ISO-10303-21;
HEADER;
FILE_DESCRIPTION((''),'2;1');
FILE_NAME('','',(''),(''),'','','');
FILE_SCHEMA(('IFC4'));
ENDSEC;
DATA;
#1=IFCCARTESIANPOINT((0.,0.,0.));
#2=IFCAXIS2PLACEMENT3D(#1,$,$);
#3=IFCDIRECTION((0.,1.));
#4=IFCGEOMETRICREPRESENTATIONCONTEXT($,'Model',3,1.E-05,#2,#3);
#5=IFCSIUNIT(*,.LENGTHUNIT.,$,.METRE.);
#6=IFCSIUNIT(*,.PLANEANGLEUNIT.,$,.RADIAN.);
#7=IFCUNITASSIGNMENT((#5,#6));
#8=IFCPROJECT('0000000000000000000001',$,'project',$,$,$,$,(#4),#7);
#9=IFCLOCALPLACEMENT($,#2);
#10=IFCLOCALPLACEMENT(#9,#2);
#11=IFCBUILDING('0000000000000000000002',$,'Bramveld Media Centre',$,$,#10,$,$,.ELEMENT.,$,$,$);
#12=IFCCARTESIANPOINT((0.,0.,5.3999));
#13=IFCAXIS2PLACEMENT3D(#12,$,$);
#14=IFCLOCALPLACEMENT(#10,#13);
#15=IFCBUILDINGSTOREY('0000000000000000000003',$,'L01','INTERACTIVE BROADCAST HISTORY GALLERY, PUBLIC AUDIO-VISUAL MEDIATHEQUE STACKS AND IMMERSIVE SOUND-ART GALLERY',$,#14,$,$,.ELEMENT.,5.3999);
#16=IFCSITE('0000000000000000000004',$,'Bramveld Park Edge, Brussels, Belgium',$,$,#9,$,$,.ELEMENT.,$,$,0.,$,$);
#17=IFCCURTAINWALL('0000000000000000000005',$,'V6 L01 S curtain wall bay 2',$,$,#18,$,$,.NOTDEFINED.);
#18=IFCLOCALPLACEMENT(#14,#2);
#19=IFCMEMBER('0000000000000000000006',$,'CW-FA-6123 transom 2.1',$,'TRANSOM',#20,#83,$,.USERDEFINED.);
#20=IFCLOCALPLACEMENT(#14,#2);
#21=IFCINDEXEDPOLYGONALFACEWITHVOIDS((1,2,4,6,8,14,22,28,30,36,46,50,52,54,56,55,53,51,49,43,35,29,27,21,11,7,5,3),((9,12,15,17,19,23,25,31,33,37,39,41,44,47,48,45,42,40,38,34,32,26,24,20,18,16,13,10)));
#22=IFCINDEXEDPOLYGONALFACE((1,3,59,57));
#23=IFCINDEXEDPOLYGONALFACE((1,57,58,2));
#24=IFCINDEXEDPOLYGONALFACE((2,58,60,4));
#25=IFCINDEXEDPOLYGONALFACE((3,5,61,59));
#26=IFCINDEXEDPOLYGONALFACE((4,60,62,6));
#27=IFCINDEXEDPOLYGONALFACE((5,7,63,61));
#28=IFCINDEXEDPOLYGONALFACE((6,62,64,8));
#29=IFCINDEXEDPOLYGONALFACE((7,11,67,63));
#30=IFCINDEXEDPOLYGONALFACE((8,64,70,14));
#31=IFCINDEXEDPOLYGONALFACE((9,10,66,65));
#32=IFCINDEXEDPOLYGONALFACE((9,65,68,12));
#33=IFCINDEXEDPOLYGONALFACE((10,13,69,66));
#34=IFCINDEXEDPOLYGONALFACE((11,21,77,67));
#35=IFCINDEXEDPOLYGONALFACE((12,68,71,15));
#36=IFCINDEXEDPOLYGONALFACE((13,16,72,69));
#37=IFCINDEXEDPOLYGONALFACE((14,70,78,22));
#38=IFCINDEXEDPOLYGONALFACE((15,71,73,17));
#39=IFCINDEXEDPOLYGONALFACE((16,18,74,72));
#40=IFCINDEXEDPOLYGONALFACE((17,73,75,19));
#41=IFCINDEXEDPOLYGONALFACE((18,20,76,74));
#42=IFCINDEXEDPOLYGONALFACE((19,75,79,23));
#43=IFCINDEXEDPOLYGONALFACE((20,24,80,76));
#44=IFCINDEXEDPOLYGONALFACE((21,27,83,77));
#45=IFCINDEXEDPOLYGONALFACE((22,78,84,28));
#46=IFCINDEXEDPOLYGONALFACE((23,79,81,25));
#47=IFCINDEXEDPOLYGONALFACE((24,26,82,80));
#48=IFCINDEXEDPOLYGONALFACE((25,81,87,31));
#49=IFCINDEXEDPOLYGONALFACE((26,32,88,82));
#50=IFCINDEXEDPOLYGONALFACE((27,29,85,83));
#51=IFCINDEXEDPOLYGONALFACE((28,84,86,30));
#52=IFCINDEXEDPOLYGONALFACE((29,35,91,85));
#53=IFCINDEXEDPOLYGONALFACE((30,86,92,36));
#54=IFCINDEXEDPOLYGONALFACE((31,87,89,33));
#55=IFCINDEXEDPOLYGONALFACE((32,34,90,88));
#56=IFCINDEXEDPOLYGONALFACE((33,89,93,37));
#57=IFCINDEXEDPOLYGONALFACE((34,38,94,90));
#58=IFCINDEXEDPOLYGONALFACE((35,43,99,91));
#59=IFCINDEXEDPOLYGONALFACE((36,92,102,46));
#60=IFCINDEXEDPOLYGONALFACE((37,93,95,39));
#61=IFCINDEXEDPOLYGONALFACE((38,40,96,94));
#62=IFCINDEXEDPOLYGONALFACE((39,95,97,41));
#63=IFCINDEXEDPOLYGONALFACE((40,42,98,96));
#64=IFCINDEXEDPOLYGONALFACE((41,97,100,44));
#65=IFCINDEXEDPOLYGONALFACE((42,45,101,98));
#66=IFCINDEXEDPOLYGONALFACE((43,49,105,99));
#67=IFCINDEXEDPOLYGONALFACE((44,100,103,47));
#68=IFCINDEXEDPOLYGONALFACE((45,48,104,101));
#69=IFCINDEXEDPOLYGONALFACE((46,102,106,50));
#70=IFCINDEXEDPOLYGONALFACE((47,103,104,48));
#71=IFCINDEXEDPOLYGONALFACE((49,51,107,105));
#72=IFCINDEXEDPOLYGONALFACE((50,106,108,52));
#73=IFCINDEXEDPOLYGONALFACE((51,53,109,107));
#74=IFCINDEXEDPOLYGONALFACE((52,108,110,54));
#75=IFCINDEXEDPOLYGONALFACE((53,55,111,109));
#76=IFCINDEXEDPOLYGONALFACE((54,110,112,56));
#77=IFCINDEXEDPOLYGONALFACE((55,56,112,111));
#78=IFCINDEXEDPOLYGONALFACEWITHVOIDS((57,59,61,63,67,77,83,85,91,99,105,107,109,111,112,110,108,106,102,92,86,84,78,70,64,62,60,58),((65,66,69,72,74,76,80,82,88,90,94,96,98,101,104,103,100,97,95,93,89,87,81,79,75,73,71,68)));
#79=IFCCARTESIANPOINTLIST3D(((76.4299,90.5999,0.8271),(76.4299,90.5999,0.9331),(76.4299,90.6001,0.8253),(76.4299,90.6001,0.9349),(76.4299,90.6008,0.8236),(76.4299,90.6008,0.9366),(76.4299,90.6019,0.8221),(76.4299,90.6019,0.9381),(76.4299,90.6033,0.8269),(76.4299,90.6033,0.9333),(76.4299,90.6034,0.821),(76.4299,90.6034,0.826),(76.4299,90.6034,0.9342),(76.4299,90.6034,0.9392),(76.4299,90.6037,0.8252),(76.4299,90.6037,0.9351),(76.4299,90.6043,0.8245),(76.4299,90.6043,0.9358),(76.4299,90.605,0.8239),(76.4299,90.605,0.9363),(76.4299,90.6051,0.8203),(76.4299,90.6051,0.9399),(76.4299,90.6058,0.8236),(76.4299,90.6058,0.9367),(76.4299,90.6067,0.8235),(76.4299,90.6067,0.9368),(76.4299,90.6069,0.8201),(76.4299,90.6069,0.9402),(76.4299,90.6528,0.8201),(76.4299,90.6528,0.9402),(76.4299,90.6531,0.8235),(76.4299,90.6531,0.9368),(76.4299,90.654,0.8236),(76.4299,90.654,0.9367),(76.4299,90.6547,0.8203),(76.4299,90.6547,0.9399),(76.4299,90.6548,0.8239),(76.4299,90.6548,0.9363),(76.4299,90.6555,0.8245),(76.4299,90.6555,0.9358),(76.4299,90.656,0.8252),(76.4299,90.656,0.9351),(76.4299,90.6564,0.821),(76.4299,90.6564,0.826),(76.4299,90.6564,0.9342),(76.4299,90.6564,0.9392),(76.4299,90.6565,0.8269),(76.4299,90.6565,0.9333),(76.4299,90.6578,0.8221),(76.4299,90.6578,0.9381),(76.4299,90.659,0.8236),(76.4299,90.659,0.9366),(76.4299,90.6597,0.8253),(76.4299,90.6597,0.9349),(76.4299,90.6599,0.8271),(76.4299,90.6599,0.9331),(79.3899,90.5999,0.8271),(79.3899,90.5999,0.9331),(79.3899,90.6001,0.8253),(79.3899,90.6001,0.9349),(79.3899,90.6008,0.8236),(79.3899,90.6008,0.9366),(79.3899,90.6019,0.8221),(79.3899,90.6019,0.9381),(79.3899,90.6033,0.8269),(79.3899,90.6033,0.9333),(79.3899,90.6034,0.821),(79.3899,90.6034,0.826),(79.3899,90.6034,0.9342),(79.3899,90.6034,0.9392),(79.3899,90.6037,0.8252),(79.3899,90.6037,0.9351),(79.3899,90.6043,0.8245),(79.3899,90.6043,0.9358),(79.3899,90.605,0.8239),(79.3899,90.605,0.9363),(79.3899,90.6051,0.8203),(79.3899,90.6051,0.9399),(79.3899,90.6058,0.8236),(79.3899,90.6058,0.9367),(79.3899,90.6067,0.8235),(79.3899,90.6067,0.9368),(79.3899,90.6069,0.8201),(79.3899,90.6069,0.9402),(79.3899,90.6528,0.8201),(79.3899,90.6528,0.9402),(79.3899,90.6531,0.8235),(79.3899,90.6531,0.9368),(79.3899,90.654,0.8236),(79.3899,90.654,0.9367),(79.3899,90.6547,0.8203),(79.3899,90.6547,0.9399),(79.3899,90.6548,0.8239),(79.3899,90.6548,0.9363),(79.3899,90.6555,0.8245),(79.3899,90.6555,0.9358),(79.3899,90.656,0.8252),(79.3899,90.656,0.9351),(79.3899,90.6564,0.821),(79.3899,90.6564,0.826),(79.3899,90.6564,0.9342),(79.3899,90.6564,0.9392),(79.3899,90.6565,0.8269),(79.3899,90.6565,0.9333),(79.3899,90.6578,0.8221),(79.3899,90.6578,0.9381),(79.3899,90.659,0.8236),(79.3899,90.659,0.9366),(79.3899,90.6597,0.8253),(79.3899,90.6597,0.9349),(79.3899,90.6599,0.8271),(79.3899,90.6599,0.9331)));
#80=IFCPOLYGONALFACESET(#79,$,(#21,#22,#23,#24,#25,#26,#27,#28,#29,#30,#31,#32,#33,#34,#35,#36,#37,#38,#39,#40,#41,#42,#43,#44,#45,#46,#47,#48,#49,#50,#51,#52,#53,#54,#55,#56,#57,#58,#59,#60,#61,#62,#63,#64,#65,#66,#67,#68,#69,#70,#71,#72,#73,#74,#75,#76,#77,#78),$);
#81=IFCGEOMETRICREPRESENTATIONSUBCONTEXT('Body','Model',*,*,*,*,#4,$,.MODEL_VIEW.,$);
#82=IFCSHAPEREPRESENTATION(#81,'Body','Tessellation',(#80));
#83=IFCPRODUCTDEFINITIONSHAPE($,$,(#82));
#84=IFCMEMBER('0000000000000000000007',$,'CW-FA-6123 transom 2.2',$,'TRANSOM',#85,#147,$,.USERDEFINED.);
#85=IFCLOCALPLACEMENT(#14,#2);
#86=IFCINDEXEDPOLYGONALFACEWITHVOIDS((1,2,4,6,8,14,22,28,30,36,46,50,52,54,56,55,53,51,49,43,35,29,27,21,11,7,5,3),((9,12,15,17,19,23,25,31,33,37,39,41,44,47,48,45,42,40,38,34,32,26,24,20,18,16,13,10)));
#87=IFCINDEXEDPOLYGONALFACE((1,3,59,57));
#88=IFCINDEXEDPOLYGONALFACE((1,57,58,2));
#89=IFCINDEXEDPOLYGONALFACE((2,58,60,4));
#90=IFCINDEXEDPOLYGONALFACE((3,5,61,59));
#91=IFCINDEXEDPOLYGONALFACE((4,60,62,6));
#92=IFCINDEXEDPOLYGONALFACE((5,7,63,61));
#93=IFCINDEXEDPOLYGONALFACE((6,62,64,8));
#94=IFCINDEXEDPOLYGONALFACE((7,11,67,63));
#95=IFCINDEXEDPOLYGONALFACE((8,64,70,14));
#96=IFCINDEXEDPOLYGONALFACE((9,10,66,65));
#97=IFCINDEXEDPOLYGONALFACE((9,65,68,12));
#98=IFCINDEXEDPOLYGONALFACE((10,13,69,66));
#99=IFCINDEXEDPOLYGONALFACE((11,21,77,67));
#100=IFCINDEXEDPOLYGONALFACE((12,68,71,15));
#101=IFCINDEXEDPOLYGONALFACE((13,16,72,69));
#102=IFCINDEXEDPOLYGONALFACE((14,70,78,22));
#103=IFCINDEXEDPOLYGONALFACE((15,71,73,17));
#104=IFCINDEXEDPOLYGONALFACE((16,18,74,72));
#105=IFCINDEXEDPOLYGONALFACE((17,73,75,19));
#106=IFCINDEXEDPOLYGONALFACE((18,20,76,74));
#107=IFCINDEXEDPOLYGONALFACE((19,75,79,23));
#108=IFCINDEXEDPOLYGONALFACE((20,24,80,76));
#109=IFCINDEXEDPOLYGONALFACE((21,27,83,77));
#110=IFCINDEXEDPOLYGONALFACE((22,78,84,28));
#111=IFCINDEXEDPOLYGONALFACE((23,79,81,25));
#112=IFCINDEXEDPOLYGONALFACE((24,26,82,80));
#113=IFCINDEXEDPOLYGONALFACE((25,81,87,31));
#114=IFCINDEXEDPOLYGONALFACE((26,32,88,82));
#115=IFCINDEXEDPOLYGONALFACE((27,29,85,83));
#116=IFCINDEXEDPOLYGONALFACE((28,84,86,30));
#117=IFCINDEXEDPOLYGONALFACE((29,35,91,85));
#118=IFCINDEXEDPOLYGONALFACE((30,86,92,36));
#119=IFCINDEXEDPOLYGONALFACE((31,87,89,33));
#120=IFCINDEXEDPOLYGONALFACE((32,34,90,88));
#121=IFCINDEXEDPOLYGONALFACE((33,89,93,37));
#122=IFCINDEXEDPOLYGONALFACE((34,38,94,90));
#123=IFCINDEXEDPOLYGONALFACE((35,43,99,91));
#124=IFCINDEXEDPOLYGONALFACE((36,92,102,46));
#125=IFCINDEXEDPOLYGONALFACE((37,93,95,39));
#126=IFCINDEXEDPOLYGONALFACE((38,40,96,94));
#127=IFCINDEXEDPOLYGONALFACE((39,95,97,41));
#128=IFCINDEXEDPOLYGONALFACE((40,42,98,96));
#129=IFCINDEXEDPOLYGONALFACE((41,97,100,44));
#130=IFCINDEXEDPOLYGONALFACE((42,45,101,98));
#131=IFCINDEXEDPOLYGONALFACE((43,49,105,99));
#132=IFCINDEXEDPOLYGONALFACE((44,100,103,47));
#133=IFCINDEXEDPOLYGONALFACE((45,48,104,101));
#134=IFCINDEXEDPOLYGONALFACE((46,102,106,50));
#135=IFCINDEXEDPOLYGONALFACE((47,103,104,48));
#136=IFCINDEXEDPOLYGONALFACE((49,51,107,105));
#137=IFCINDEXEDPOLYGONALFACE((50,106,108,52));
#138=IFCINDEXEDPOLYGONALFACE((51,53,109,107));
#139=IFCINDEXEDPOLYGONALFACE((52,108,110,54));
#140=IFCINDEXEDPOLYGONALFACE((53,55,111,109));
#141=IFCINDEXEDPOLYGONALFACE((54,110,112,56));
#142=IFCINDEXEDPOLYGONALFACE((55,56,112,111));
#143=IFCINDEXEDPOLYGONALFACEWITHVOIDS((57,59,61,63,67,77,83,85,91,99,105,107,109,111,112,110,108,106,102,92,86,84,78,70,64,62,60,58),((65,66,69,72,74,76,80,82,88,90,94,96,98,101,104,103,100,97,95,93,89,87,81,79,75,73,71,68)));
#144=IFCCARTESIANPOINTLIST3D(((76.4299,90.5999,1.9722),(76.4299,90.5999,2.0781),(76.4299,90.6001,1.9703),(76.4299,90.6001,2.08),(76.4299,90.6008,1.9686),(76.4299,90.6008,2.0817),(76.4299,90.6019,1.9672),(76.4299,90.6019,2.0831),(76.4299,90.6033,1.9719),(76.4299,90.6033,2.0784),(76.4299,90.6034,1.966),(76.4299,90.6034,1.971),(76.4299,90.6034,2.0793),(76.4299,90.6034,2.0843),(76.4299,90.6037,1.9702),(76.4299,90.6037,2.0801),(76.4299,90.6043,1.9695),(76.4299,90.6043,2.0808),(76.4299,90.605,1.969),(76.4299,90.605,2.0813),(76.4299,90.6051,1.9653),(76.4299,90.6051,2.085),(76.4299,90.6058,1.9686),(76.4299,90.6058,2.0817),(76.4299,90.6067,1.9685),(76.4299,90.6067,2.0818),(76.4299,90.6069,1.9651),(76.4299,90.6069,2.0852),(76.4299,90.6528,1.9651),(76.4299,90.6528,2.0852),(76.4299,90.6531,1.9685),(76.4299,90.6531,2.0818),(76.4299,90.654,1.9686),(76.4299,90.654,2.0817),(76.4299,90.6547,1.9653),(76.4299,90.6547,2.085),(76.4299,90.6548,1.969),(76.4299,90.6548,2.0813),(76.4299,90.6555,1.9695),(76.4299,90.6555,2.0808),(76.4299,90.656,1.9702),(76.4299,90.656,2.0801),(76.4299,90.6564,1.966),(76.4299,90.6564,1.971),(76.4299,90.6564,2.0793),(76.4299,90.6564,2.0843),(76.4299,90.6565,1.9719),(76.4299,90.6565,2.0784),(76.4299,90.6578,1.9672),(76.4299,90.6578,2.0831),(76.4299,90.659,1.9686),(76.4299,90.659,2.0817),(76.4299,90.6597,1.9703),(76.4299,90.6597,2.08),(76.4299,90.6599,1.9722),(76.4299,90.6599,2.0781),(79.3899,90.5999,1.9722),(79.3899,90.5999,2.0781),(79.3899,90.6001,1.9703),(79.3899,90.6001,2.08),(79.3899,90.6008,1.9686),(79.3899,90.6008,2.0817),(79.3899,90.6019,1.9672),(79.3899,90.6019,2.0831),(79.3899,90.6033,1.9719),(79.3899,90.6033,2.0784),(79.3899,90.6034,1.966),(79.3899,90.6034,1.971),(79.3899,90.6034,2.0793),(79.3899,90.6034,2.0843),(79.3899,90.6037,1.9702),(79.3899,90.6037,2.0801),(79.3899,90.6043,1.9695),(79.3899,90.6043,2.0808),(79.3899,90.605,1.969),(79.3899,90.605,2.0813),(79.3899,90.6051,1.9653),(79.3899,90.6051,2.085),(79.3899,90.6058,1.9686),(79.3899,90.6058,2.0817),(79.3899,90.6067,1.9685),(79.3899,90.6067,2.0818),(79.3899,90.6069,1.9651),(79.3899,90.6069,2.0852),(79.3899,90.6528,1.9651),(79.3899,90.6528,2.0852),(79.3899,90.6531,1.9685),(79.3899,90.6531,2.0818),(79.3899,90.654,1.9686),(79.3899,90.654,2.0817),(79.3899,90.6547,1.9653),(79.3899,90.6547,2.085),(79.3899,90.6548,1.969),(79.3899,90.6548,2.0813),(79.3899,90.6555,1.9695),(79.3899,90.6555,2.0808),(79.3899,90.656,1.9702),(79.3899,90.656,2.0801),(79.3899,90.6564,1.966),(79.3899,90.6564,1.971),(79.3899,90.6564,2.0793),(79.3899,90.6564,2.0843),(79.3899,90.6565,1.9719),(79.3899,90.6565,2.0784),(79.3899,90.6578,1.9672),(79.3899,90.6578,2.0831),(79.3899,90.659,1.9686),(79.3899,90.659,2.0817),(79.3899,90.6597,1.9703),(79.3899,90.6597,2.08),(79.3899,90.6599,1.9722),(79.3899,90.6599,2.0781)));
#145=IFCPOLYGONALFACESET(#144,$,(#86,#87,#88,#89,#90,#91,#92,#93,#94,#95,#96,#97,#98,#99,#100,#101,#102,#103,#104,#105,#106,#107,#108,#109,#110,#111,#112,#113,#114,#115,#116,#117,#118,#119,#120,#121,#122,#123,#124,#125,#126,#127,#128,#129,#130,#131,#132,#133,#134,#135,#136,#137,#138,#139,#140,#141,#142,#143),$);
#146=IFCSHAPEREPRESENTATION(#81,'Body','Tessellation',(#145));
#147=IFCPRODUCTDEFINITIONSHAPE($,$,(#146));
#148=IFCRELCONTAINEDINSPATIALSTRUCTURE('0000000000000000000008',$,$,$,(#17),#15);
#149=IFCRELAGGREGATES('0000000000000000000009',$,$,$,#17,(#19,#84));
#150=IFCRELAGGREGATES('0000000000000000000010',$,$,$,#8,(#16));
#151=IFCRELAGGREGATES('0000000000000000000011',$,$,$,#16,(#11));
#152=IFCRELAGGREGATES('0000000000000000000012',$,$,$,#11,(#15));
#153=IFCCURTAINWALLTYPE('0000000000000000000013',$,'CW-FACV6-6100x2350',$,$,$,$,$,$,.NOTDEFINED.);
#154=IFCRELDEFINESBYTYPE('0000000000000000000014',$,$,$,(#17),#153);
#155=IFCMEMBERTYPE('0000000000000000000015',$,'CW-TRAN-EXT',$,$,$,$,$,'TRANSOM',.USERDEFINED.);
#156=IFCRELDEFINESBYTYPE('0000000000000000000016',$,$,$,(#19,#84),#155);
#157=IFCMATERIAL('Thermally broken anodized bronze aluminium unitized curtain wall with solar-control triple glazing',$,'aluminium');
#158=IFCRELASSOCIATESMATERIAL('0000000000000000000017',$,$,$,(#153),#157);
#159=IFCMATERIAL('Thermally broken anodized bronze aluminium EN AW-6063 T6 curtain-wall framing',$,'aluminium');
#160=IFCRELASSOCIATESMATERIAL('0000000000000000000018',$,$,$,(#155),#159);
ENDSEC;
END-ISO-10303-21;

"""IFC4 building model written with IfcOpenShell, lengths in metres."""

from ifc_helpers import new_model, si_unit, direction, frame, origin, origin_2d, place, context, subcontext, project, spatial, hollow_rectangle, extrude, material, material_profile, profile_set, type_object, element, aggregate, save


model = new_model("IFC4")

# Units and contexts
model_context = context("Model", 3, precision=1e-05, world=origin(), true_north=direction((0.0, 1.0)))
body_context = subcontext(model_context, "Body", "Model", "MODEL_VIEW")
ifc_project = project(units=[si_unit("LENGTHUNIT", "METRE"), si_unit("PLANEANGLEUNIT", "RADIAN")], contexts=[model_context])

# Site, building, storey
site_placement = place(None, origin())
site = spatial("IfcSite", under=ifc_project, at=site_placement, Name="Bramveld Park Edge, Brussels, Belgium", CompositionType="ELEMENT", RefElevation=0.0)
building_placement = place(site_placement, origin())
building = spatial("IfcBuilding", under=site, at=building_placement, Name="Bramveld Media Centre", CompositionType="ELEMENT")
storey_placement = place(building_placement, frame((0.0, 0.0, 5.3999)))
storey = spatial("IfcBuildingStorey", under=building, at=storey_placement, Name="L01", Description="INTERACTIVE BROADCAST HISTORY GALLERY, PUBLIC AUDIO-VISUAL MEDIATHEQUE STACKS AND IMMERSIVE SOUND-ART GALLERY", CompositionType="ELEMENT", Elevation=5.3999)

# Curtain wall
ifc_material_1 = material(Name="Thermally broken anodized bronze aluminium unitized curtain wall with solar-control triple glazing", Category="aluminium")
curtain_wall_type = type_object("IfcCurtainWallType", Name="CW-FACV6-6100x2350", PredefinedType="NOTDEFINED", material=ifc_material_1)
curtain_wall_1_placement = place(storey_placement, origin())
curtain_wall_1 = element("IfcCurtainWall", 1, at=curtain_wall_1_placement, inside=storey, type_object=curtain_wall_type, Name="V6 L01 S curtain wall bay 2", PredefinedType="NOTDEFINED")

# Members
ifc_material_2 = material(Name="Thermally broken anodized bronze aluminium EN AW-6063 T6 curtain-wall framing", Category="aluminium")
ifc_material_profile_1 = material_profile(ifc_material_2, hollow_rectangle(XDim=0.0601, YDim=0.1201, WallThickness=0.0034, InnerFilletRadius=0.0034, OuterFilletRadius=0.0071, at=origin_2d()), Name="AL-TRAN 60x120")
ifc_profile_set_1 = profile_set([ifc_material_profile_1], Name="Thermally broken anodized bronze aluminium EN AW-6063 T6 curtain-wall framing")
member_type_1 = type_object("IfcMemberType", Name="CW-TRAN-EXT", ElementType="TRANSOM", PredefinedType="USERDEFINED", material=ifc_profile_set_1)
member_1_placement = place(storey_placement, frame((76.4299, 90.6299, 0.8801), z_axis=(1.0, 0.0, 0.0), x_axis=(0.0, 1.0, 0.0)))
member_1 = element("IfcMember", 2, at=member_1_placement, type_object=member_type_1, Name="CW-FA-6123 transom 2.1", ObjectType="TRANSOM", PredefinedType="USERDEFINED", context=body_context, shape_type="SweptSolid", body=[
    extrude(hollow_rectangle(XDim=0.0601, YDim=0.1201, WallThickness=0.0034, InnerFilletRadius=0.0034, OuterFilletRadius=0.0071, at=origin_2d()), origin(), (0.0, 0.0, 1.0), 2.96),
])
member_2_placement = place(storey_placement, frame((76.4299, 90.6299, 2.0251), z_axis=(1.0, 0.0, 0.0), x_axis=(0.0, 1.0, 0.0)))
member_2 = element("IfcMember", 3, at=member_2_placement, type_object=member_type_1, Name="CW-FA-6123 transom 2.2", ObjectType="TRANSOM", PredefinedType="USERDEFINED", context=body_context, shape_type="SweptSolid", body=[
    extrude(hollow_rectangle(XDim=0.0601, YDim=0.1201, WallThickness=0.0034, InnerFilletRadius=0.0034, OuterFilletRadius=0.0071, at=origin_2d()), origin(), (0.0, 0.0, 1.0), 2.96),
])

aggregate(curtain_wall_1, [member_1, member_2])

save(model, "model.ifc")
